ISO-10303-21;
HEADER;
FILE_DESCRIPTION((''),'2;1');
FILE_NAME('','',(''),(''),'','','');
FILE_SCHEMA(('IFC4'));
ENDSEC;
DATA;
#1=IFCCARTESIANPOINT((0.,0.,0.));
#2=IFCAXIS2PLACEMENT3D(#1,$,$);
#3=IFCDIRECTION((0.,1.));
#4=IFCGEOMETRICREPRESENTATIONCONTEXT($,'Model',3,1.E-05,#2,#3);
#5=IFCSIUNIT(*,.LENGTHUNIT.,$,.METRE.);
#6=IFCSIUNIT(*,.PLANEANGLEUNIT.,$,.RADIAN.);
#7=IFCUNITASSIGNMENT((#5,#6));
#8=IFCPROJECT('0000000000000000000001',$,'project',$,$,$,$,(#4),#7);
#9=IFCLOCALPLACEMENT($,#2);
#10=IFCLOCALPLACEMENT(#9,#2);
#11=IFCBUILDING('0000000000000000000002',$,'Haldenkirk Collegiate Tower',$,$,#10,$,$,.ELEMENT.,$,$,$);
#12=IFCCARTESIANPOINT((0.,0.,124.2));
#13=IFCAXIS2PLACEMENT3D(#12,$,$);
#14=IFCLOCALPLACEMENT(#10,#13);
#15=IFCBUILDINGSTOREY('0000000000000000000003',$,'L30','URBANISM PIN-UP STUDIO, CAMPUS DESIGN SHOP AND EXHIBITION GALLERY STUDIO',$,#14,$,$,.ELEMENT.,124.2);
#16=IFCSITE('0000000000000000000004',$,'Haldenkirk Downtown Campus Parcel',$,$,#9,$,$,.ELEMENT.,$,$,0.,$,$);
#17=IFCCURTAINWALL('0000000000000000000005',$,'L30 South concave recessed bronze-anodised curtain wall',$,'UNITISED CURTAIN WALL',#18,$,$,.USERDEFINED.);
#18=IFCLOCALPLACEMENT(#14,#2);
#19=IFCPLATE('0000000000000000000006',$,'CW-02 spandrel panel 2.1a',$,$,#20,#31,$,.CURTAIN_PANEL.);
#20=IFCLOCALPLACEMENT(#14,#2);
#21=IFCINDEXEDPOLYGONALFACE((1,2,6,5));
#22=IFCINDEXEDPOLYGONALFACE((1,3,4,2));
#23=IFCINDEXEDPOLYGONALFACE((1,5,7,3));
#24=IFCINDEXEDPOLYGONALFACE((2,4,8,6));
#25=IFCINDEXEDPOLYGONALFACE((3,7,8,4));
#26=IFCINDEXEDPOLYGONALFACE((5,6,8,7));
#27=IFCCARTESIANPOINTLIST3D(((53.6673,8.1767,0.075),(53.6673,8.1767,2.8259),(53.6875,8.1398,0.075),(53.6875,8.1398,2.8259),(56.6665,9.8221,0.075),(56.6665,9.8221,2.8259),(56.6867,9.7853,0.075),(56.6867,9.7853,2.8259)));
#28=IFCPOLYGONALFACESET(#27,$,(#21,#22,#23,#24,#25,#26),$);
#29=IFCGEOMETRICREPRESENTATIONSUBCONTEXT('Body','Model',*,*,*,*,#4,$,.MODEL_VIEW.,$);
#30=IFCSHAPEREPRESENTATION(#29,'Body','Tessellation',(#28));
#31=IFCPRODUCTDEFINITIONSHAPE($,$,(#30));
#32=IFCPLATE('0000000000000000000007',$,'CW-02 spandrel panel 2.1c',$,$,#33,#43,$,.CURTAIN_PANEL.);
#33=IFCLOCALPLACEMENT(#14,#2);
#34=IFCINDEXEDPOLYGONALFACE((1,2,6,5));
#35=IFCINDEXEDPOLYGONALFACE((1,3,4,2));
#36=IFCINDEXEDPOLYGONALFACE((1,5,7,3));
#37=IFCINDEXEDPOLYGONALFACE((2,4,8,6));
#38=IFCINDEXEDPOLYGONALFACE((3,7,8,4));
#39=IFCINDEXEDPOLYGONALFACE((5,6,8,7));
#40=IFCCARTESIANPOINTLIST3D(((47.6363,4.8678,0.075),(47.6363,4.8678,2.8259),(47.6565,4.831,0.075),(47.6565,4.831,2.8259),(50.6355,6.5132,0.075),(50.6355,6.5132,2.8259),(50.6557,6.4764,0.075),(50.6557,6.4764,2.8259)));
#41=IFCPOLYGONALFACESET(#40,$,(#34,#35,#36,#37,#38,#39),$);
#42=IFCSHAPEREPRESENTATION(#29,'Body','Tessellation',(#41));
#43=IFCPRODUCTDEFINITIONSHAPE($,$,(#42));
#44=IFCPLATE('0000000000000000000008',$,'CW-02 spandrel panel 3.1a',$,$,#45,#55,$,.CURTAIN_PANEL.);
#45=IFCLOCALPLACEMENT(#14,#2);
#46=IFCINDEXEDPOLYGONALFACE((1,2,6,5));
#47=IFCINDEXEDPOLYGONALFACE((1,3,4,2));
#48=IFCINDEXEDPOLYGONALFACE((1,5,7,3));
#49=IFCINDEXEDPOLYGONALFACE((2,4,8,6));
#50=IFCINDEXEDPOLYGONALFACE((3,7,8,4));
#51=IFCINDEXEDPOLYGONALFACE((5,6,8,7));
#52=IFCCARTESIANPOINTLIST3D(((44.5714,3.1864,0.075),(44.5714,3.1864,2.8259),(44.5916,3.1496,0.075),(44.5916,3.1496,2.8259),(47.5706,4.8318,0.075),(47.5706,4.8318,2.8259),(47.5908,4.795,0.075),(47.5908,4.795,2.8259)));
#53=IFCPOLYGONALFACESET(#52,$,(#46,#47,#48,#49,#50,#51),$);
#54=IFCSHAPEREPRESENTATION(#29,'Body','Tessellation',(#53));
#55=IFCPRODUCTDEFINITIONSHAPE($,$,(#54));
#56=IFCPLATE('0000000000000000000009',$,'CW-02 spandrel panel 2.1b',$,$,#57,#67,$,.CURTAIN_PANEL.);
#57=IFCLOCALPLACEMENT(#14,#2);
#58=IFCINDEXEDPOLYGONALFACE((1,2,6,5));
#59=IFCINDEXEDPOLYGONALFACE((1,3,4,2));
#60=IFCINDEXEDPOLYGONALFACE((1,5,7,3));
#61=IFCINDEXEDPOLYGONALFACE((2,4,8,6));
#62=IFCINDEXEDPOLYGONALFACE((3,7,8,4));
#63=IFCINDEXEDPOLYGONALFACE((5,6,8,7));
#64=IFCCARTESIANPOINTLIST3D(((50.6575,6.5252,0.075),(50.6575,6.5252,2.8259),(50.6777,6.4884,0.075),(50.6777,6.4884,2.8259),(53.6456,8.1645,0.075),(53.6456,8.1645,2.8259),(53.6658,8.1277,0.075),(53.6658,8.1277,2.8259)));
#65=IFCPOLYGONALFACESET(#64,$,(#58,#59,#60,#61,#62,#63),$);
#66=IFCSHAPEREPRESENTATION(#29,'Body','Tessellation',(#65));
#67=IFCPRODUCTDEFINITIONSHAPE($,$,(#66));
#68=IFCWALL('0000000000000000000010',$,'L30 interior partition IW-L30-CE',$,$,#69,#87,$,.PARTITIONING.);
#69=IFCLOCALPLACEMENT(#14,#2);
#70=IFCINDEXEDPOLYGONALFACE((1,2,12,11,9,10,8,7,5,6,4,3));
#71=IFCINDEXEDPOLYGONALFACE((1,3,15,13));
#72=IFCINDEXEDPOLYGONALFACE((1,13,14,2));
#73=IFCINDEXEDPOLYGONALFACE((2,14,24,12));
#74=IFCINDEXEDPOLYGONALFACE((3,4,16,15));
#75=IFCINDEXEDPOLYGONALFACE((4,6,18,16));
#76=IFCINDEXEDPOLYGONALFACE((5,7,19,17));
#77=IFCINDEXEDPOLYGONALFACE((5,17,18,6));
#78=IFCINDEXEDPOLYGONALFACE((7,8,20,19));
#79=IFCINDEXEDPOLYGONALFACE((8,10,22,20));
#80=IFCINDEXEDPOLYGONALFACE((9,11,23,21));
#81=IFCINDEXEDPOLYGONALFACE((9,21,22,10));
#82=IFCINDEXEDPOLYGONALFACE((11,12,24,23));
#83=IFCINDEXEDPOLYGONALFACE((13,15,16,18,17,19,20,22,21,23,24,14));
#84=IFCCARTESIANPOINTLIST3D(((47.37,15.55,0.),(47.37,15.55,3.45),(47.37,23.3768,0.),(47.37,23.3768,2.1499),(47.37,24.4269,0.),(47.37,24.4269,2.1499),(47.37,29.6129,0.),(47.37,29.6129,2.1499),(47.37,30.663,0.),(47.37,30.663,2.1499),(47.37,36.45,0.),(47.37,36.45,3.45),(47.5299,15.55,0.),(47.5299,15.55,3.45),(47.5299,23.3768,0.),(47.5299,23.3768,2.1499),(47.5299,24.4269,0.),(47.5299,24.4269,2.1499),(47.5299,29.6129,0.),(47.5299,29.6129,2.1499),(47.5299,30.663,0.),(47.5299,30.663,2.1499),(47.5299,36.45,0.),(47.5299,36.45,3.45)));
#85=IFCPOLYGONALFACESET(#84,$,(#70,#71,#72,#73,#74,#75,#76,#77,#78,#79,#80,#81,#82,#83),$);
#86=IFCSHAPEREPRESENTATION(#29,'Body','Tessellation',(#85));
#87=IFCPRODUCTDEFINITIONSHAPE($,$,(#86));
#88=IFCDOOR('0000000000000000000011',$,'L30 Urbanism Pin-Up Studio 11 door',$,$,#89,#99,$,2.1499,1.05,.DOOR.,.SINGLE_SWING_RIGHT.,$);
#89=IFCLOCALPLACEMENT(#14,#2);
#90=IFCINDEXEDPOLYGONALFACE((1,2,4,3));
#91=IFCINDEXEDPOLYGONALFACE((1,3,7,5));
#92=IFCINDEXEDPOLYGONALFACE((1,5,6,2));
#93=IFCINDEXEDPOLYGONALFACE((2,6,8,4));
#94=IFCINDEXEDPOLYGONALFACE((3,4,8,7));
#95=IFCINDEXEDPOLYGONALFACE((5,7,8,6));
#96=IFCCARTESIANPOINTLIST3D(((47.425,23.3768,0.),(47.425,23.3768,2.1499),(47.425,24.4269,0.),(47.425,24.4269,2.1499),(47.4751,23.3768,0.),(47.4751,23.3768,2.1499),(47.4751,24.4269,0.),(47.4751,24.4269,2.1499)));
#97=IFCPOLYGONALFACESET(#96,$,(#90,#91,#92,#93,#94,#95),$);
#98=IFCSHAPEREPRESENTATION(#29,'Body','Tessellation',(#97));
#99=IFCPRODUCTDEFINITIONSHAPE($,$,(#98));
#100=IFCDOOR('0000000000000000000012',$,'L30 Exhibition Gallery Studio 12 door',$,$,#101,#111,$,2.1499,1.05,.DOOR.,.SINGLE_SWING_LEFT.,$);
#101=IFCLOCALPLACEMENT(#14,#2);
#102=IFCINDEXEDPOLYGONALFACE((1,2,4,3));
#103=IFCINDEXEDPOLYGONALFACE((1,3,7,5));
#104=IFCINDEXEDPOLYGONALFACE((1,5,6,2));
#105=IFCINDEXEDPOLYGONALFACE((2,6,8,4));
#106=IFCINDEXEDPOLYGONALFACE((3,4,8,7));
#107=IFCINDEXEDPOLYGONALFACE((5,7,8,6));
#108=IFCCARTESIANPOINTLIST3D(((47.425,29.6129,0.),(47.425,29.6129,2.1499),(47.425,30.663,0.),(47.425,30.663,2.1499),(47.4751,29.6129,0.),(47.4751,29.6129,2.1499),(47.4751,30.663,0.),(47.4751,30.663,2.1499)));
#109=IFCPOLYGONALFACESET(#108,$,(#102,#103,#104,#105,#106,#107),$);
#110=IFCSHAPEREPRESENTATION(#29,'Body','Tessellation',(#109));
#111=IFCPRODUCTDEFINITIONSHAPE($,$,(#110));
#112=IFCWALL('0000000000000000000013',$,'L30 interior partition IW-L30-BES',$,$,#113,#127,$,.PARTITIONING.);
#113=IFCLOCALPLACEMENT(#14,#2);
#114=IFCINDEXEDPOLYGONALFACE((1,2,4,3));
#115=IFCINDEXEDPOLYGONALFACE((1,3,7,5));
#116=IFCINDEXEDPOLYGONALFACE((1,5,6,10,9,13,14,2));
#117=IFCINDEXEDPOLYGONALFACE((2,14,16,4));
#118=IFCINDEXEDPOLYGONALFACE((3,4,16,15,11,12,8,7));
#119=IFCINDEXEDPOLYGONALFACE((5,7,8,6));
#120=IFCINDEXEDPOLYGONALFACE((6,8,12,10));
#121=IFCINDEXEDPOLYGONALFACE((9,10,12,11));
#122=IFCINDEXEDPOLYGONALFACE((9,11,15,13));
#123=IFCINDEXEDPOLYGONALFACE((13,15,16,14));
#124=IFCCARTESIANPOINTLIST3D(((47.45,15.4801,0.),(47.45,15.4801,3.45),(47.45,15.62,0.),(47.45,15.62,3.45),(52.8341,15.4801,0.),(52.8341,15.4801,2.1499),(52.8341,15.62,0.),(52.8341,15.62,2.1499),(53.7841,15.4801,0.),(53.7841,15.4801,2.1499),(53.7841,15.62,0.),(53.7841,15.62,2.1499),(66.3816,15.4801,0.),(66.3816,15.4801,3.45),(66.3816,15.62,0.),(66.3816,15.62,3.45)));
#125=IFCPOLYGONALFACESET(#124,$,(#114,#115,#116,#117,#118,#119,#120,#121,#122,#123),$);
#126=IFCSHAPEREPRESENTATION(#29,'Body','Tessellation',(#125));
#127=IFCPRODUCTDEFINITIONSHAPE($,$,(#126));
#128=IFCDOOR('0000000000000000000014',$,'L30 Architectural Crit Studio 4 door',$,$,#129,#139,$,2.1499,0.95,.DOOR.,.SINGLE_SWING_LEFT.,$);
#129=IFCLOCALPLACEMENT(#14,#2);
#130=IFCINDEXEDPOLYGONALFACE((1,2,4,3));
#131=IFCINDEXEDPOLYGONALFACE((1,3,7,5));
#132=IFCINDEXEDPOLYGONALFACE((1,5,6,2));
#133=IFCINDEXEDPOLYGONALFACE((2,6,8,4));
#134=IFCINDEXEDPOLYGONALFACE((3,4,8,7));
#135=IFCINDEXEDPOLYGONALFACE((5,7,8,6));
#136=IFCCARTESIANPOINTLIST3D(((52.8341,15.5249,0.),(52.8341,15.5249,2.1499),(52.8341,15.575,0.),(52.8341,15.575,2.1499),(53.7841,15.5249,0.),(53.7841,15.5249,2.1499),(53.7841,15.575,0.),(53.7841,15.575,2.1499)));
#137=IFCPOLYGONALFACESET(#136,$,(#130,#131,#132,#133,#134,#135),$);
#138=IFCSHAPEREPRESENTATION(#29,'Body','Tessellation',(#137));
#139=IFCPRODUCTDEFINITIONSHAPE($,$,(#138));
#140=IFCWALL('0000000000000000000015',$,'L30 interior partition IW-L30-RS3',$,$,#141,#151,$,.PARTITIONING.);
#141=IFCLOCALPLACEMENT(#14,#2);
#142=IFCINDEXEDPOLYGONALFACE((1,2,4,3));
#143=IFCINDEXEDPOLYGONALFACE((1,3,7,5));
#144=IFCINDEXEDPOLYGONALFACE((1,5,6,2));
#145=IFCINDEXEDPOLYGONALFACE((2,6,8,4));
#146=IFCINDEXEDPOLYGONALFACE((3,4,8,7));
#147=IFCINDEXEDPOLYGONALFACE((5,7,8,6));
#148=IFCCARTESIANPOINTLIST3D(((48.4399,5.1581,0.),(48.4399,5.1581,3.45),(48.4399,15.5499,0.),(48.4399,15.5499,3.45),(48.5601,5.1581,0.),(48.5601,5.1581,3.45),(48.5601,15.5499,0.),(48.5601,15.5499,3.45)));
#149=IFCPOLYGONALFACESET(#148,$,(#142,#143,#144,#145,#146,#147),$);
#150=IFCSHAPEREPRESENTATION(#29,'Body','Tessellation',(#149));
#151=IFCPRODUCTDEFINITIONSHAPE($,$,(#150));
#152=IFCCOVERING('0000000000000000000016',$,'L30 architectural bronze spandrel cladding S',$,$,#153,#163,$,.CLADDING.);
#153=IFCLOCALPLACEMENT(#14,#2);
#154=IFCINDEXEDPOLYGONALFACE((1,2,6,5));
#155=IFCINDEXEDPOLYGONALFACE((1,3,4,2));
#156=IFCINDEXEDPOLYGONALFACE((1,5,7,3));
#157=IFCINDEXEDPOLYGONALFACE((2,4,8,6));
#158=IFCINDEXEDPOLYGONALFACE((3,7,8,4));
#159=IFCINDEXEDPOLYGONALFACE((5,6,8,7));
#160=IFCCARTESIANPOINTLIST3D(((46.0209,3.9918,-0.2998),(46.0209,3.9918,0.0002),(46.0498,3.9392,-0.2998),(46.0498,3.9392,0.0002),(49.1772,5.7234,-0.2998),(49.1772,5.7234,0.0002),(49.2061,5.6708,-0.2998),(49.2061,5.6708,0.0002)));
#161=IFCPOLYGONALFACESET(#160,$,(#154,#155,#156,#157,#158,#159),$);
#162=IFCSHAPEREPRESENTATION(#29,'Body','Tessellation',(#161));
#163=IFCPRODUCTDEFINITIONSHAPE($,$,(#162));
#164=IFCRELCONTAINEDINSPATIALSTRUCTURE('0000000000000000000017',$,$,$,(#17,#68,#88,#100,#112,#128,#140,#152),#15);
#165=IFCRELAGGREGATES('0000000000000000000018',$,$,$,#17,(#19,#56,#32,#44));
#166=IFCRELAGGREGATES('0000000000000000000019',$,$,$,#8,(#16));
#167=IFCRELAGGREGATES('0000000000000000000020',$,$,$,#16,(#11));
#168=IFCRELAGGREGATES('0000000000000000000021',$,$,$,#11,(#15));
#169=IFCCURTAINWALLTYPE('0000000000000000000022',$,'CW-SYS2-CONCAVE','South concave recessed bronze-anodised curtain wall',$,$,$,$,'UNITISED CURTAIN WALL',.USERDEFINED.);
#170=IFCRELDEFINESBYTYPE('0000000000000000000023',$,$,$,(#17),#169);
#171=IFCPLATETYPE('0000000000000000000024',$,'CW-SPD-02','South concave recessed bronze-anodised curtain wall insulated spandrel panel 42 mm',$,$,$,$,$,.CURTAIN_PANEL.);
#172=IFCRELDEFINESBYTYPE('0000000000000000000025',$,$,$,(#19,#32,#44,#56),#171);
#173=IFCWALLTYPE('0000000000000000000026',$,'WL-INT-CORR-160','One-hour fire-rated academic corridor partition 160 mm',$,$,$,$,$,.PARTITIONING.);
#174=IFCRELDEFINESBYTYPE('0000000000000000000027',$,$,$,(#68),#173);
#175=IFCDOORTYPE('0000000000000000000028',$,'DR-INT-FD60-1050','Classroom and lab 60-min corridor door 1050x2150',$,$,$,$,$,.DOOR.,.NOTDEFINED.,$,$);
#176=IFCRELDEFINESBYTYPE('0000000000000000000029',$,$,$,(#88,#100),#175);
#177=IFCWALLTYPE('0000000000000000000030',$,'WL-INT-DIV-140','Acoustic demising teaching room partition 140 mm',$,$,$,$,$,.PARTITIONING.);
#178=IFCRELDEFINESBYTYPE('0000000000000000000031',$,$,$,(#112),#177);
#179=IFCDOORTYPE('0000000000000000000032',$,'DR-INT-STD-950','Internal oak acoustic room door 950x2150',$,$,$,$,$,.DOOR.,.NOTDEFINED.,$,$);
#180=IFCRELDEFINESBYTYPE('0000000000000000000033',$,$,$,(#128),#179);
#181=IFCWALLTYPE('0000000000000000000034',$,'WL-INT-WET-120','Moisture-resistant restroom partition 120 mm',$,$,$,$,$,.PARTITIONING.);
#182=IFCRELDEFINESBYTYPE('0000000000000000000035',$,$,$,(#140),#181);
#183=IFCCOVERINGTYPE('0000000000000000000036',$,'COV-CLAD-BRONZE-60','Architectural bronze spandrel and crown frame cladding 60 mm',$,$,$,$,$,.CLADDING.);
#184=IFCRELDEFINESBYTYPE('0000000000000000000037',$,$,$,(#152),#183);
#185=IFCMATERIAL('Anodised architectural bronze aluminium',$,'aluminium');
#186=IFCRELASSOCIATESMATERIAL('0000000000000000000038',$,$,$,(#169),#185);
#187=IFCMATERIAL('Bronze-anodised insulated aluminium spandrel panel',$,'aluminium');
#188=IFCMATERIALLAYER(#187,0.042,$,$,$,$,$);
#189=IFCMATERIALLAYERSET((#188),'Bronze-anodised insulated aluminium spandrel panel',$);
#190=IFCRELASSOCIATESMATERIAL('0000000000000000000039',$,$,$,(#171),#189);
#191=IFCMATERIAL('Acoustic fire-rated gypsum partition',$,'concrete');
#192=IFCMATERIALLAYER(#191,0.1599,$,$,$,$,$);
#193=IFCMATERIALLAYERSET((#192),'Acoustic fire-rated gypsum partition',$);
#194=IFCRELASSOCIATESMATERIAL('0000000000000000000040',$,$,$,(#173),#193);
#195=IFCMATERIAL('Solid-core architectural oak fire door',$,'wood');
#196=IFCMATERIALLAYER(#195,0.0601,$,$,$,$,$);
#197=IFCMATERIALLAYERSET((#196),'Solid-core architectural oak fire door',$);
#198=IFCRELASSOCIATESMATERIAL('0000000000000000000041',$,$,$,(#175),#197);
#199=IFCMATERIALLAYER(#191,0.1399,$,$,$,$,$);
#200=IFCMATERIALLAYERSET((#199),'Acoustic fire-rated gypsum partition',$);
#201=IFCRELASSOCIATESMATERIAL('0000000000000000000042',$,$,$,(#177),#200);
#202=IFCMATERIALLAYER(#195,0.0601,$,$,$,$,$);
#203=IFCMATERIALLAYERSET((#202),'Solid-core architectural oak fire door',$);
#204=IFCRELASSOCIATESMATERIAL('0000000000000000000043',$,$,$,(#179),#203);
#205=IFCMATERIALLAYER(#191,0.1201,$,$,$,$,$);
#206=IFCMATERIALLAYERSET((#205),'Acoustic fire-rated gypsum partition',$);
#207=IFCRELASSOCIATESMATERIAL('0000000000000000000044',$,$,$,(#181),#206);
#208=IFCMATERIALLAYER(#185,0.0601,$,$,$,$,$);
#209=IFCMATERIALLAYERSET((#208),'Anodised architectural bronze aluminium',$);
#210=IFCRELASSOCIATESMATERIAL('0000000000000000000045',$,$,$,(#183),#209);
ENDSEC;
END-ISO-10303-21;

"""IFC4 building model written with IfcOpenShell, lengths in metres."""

from ifc_helpers import new_model, si_unit, direction, frame, frame_2d, origin, origin_2d, place, context, subcontext, project, spatial, rectangle, extrude, source, transform, mapped, material, layer, layer_set, type_object, element, fill, aggregate, save


model = new_model("IFC4")

# Units and contexts
model_context = context("Model", 3, precision=1e-05, world=origin(), true_north=direction((0.0, 1.0)))
body_context = subcontext(model_context, "Body", "Model", "MODEL_VIEW")
ifc_project = project(units=[si_unit("LENGTHUNIT", "METRE"), si_unit("PLANEANGLEUNIT", "RADIAN")], contexts=[model_context])

# Site, building, storey
site_placement = place(None, origin())
site = spatial("IfcSite", under=ifc_project, at=site_placement, Name="Haldenkirk Downtown Campus Parcel", CompositionType="ELEMENT", RefElevation=0.0)
building_placement = place(site_placement, origin())
building = spatial("IfcBuilding", under=site, at=building_placement, Name="Haldenkirk Collegiate Tower", CompositionType="ELEMENT")
storey_placement = place(building_placement, frame((0.0, 0.0, 124.2)))
storey = spatial("IfcBuildingStorey", under=building, at=storey_placement, Name="L30", Description="URBANISM PIN-UP STUDIO, CAMPUS DESIGN SHOP AND EXHIBITION GALLERY STUDIO", CompositionType="ELEMENT", Elevation=124.2)

# Curtain wall, plates
ifc_material_1 = material(Name="Anodised architectural bronze aluminium", Category="aluminium")
curtain_wall_type = type_object("IfcCurtainWallType", Name="CW-SYS2-CONCAVE", Description="South concave recessed bronze-anodised curtain wall", ElementType="UNITISED CURTAIN WALL", PredefinedType="USERDEFINED", material=ifc_material_1)
curtain_wall_placement = place(storey_placement, origin())
curtain_wall = element("IfcCurtainWall", 1, at=curtain_wall_placement, inside=storey, type_object=curtain_wall_type, Name="L30 South concave recessed bronze-anodised curtain wall", ObjectType="UNITISED CURTAIN WALL", PredefinedType="USERDEFINED")
ifc_material_2 = material(Name="Bronze-anodised insulated aluminium spandrel panel", Category="aluminium")
ifc_layer_1 = layer(ifc_material_2, 0.042)
ifc_layer_set_1 = layer_set([ifc_layer_1], Name="Bronze-anodised insulated aluminium spandrel panel")
plate_type = type_object("IfcPlateType", Name="CW-SPD-02", Description="South concave recessed bronze-anodised curtain wall insulated spandrel panel 42 mm", PredefinedType="CURTAIN_PANEL", material=ifc_layer_set_1)
shared_shape_1 = source(origin(), body_context, "Body", "SweptSolid", [
    extrude(rectangle(XDim=3.4209, YDim=0.042, at=origin_2d()), origin(), (0.0, 0.0, 1.0), 2.751),
])
plate_1_placement = place(storey_placement, frame((55.177, 8.981, 0.075), z_axis=(0.0, 0.0, 1.0), x_axis=(-0.876727, -0.480989, 0.0)))
plate_1 = element("IfcPlate", 2, at=plate_1_placement, type_object=plate_type, Name="CW-02 spandrel panel 2.1a", PredefinedType="CURTAIN_PANEL", context=body_context, shape_type="MappedRepresentation", body=[
    mapped(shared_shape_1, transform((0.0, 0.0, 0.0), x_axis=(1.0, 0.0, 0.0), y_axis=(0.0, 1.0, 0.0), z_axis=(0.0, 0.0, 1.0), scale=1.0)),
])
plate_2_placement = place(storey_placement, frame((49.146, 5.6721, 0.075), z_axis=(0.0, 0.0, 1.0), x_axis=(-0.876727, -0.480989, 0.0)))
plate_2 = element("IfcPlate", 3, at=plate_2_placement, type_object=plate_type, Name="CW-02 spandrel panel 2.1c", PredefinedType="CURTAIN_PANEL", context=body_context, shape_type="MappedRepresentation", body=[
    mapped(shared_shape_1, transform((0.0, 0.0, 0.0), x_axis=(1.0, 0.0, 0.0), y_axis=(0.0, 1.0, 0.0), z_axis=(0.0, 0.0, 1.0), scale=1.0)),
])
plate_3_placement = place(storey_placement, frame((46.0811, 3.9907, 0.075), z_axis=(0.0, 0.0, 1.0), x_axis=(-0.876727, -0.480989, 0.0)))
plate_3 = element("IfcPlate", 4, at=plate_3_placement, type_object=plate_type, Name="CW-02 spandrel panel 3.1a", PredefinedType="CURTAIN_PANEL", context=body_context, shape_type="MappedRepresentation", body=[
    mapped(shared_shape_1, transform((0.0, 0.0, 0.0), x_axis=(1.0, 0.0, 0.0), y_axis=(0.0, 1.0, 0.0), z_axis=(0.0, 0.0, 1.0), scale=1.0)),
])
shared_shape_2 = source(origin(), body_context, "Body", "SweptSolid", [
    extrude(rectangle(XDim=3.4082, YDim=0.042, at=origin_2d()), origin(), (0.0, 0.0, 1.0), 2.751),
])
plate_4_placement = place(storey_placement, frame((52.1616, 7.3264, 0.075), z_axis=(0.0, 0.0, 1.0), x_axis=(-0.876727, -0.480989, 0.0)))
plate_4 = element("IfcPlate", 5, at=plate_4_placement, type_object=plate_type, Name="CW-02 spandrel panel 2.1b", PredefinedType="CURTAIN_PANEL", context=body_context, shape_type="MappedRepresentation", body=[
    mapped(shared_shape_2, transform((0.0, 0.0, 0.0), x_axis=(1.0, 0.0, 0.0), y_axis=(0.0, 1.0, 0.0), z_axis=(0.0, 0.0, 1.0), scale=1.0)),
])
aggregate(curtain_wall, [plate_1, plate_4, plate_2, plate_3])

# Wall, openings, doors
ifc_material_3 = material(Name="Acoustic fire-rated gypsum partition", Category="concrete")
ifc_layer_2 = layer(ifc_material_3, 0.1599)
ifc_layer_set_2 = layer_set([ifc_layer_2], Name="Acoustic fire-rated gypsum partition")
wall_type_1 = type_object("IfcWallType", Name="WL-INT-CORR-160", Description="One-hour fire-rated academic corridor partition 160 mm", PredefinedType="PARTITIONING", material=ifc_layer_set_2)
wall_1_placement = place(storey_placement, frame((47.45, 15.55, 0.0), z_axis=(0.0, 0.0, 1.0), x_axis=(0.0, 1.0, 0.0)))
wall_1 = element("IfcWall", 6, at=wall_1_placement, inside=storey, type_object=wall_type_1, Name="L30 interior partition IW-L30-CE", PredefinedType="PARTITIONING", context=body_context, shape_type="SweptSolid", body=[
    extrude(rectangle(XDim=20.8999, YDim=0.1599, at=frame_2d((10.45, 0.0))), origin(), (0.0, 0.0, 1.0), 3.45),
])
opening_1_placement = place(wall_1_placement, frame((7.8269, 0.0, 0.0)))
opening_1 = element("IfcOpeningElement", 7, at=opening_1_placement, cuts=wall_1, PredefinedType="OPENING", context=body_context, shape_type="SweptSolid", body=[
    extrude(rectangle(XDim=1.05, YDim=2.1499, at=frame_2d((0.5249, 1.075))), frame((0.0, 0.0898, 0.0), z_axis=(0.0, -1.0, 0.0), x_axis=(1.0, 0.0, 0.0)), (0.0, 0.0, 1.0), 0.1799),
])
opening_2_placement = place(wall_1_placement, frame((14.063, 0.0, 0.0)))
opening_2 = element("IfcOpeningElement", 8, at=opening_2_placement, cuts=wall_1, PredefinedType="OPENING", context=body_context, shape_type="SweptSolid", body=[
    extrude(rectangle(XDim=1.05, YDim=2.1499, at=frame_2d((0.5249, 1.075))), frame((0.0, 0.0898, 0.0), z_axis=(0.0, -1.0, 0.0), x_axis=(1.0, 0.0, 0.0)), (0.0, 0.0, 1.0), 0.1799),
])
ifc_material_4 = material(Name="Solid-core architectural oak fire door", Category="wood")
ifc_layer_3 = layer(ifc_material_4, 0.0601)
ifc_layer_set_3 = layer_set([ifc_layer_3], Name="Solid-core architectural oak fire door")
door_type_1 = type_object("IfcDoorType", Name="DR-INT-FD60-1050", Description="Classroom and lab 60-min corridor door 1050x2150", OperationType="NOTDEFINED", PredefinedType="DOOR", material=ifc_layer_set_3)
door_1_placement = place(opening_1_placement, origin())
door_1 = element("IfcDoor", 9, at=door_1_placement, inside=storey, type_object=door_type_1, Name="L30 Urbanism Pin-Up Studio 11 door", OperationType="SINGLE_SWING_RIGHT", OverallHeight=2.1499, OverallWidth=1.05, PredefinedType="DOOR", context=body_context, shape_type="SweptSolid", body=[
    extrude(rectangle(XDim=1.05, YDim=2.1499, at=frame_2d((0.5249, 1.075))), frame((0.0, 0.0249, 0.0), z_axis=(0.0, -1.0, 0.0), x_axis=(1.0, 0.0, 0.0)), (0.0, 0.0, 1.0), 0.05),
])
fill(opening_1, door_1)
door_2_placement = place(opening_2_placement, origin())
door_2 = element("IfcDoor", 10, at=door_2_placement, inside=storey, type_object=door_type_1, Name="L30 Exhibition Gallery Studio 12 door", OperationType="SINGLE_SWING_LEFT", OverallHeight=2.1499, OverallWidth=1.05, PredefinedType="DOOR", context=body_context, shape_type="SweptSolid", body=[
    extrude(rectangle(XDim=1.05, YDim=2.1499, at=frame_2d((0.5249, 1.075))), frame((0.0, 0.0249, 0.0), z_axis=(0.0, -1.0, 0.0), x_axis=(1.0, 0.0, 0.0)), (0.0, 0.0, 1.0), 0.05),
])
fill(opening_2, door_2)

# Wall, opening, door
ifc_layer_4 = layer(ifc_material_3, 0.1399)
ifc_layer_set_4 = layer_set([ifc_layer_4], Name="Acoustic fire-rated gypsum partition")
wall_type_2 = type_object("IfcWallType", Name="WL-INT-DIV-140", Description="Acoustic demising teaching room partition 140 mm", PredefinedType="PARTITIONING", material=ifc_layer_set_4)
wall_2_placement = place(storey_placement, frame((47.45, 15.55, 0.0), z_axis=(0.0, 0.0, 1.0), x_axis=(1.0, 0.0, 0.0)))
wall_2 = element("IfcWall", 11, at=wall_2_placement, inside=storey, type_object=wall_type_2, Name="L30 interior partition IW-L30-BES", PredefinedType="PARTITIONING", context=body_context, shape_type="SweptSolid", body=[
    extrude(rectangle(XDim=18.9316, YDim=0.1399, at=frame_2d((9.4658, 0.0))), origin(), (0.0, 0.0, 1.0), 3.45),
])
opening_3_placement = place(wall_2_placement, frame((5.384, 0.0, 0.0)))
opening_3 = element("IfcOpeningElement", 12, at=opening_3_placement, cuts=wall_2, PredefinedType="OPENING", context=body_context, shape_type="SweptSolid", body=[
    extrude(rectangle(XDim=0.95, YDim=2.1499, at=frame_2d((0.4751, 1.075))), frame((0.0, 0.0798, 0.0), z_axis=(0.0, -1.0, 0.0), x_axis=(1.0, 0.0, 0.0)), (0.0, 0.0, 1.0), 0.1599),
])
ifc_layer_5 = layer(ifc_material_4, 0.0601)
ifc_layer_set_5 = layer_set([ifc_layer_5], Name="Solid-core architectural oak fire door")
door_type_2 = type_object("IfcDoorType", Name="DR-INT-STD-950", Description="Internal oak acoustic room door 950x2150", OperationType="NOTDEFINED", PredefinedType="DOOR", material=ifc_layer_set_5)
door_3_placement = place(opening_3_placement, origin())
door_3 = element("IfcDoor", 13, at=door_3_placement, inside=storey, type_object=door_type_2, Name="L30 Architectural Crit Studio 4 door", OperationType="SINGLE_SWING_LEFT", OverallHeight=2.1499, OverallWidth=0.95, PredefinedType="DOOR", context=body_context, shape_type="SweptSolid", body=[
    extrude(rectangle(XDim=0.95, YDim=2.1499, at=frame_2d((0.4751, 1.075))), frame((0.0, 0.0249, 0.0), z_axis=(0.0, -1.0, 0.0), x_axis=(1.0, 0.0, 0.0)), (0.0, 0.0, 1.0), 0.05),
])
fill(opening_3, door_3)

# Wall
ifc_layer_6 = layer(ifc_material_3, 0.1201)
ifc_layer_set_6 = layer_set([ifc_layer_6], Name="Acoustic fire-rated gypsum partition")
wall_type_3 = type_object("IfcWallType", Name="WL-INT-WET-120", Description="Moisture-resistant restroom partition 120 mm", PredefinedType="PARTITIONING", material=ifc_layer_set_6)
wall_3_placement = place(storey_placement, frame((48.5, 5.1582, 0.0), z_axis=(0.0, 0.0, 1.0), x_axis=(0.0, 1.0, 0.0)))
element("IfcWall", 14, at=wall_3_placement, inside=storey, type_object=wall_type_3, Name="L30 interior partition IW-L30-RS3", PredefinedType="PARTITIONING", context=body_context, shape_type="SweptSolid", body=[
    extrude(rectangle(XDim=10.3918, YDim=0.1201, at=frame_2d((5.1958, 0.0))), origin(), (0.0, 0.0, 1.0), 3.45),
])

# Covering
ifc_layer_7 = layer(ifc_material_1, 0.0601)
ifc_layer_set_7 = layer_set([ifc_layer_7], Name="Anodised architectural bronze aluminium")
covering_type = type_object("IfcCoveringType", Name="COV-CLAD-BRONZE-60", Description="Architectural bronze spandrel and crown frame cladding 60 mm", PredefinedType="CLADDING", material=ifc_layer_set_7)
shared_shape_3 = source(origin(), body_context, "Body", "SweptSolid", [
    extrude(rectangle(XDim=3.6001, YDim=0.0601, at=origin_2d()), origin(), (0.0, 0.0, 1.0), 0.3),
])
covering_placement = place(storey_placement, frame((47.6135, 4.8313, -0.2998), z_axis=(0.0, 0.0, 1.0), x_axis=(-0.876727, -0.480989, 0.0)))
element("IfcCovering", 15, at=covering_placement, inside=storey, type_object=covering_type, Name="L30 architectural bronze spandrel cladding S", PredefinedType="CLADDING", context=body_context, shape_type="MappedRepresentation", body=[
    mapped(shared_shape_3, transform((0.0, 0.0, 0.0), x_axis=(1.0, 0.0, 0.0), y_axis=(0.0, 1.0, 0.0), z_axis=(0.0, 0.0, 1.0), scale=1.0)),
])

save(model, "model.ifc")
